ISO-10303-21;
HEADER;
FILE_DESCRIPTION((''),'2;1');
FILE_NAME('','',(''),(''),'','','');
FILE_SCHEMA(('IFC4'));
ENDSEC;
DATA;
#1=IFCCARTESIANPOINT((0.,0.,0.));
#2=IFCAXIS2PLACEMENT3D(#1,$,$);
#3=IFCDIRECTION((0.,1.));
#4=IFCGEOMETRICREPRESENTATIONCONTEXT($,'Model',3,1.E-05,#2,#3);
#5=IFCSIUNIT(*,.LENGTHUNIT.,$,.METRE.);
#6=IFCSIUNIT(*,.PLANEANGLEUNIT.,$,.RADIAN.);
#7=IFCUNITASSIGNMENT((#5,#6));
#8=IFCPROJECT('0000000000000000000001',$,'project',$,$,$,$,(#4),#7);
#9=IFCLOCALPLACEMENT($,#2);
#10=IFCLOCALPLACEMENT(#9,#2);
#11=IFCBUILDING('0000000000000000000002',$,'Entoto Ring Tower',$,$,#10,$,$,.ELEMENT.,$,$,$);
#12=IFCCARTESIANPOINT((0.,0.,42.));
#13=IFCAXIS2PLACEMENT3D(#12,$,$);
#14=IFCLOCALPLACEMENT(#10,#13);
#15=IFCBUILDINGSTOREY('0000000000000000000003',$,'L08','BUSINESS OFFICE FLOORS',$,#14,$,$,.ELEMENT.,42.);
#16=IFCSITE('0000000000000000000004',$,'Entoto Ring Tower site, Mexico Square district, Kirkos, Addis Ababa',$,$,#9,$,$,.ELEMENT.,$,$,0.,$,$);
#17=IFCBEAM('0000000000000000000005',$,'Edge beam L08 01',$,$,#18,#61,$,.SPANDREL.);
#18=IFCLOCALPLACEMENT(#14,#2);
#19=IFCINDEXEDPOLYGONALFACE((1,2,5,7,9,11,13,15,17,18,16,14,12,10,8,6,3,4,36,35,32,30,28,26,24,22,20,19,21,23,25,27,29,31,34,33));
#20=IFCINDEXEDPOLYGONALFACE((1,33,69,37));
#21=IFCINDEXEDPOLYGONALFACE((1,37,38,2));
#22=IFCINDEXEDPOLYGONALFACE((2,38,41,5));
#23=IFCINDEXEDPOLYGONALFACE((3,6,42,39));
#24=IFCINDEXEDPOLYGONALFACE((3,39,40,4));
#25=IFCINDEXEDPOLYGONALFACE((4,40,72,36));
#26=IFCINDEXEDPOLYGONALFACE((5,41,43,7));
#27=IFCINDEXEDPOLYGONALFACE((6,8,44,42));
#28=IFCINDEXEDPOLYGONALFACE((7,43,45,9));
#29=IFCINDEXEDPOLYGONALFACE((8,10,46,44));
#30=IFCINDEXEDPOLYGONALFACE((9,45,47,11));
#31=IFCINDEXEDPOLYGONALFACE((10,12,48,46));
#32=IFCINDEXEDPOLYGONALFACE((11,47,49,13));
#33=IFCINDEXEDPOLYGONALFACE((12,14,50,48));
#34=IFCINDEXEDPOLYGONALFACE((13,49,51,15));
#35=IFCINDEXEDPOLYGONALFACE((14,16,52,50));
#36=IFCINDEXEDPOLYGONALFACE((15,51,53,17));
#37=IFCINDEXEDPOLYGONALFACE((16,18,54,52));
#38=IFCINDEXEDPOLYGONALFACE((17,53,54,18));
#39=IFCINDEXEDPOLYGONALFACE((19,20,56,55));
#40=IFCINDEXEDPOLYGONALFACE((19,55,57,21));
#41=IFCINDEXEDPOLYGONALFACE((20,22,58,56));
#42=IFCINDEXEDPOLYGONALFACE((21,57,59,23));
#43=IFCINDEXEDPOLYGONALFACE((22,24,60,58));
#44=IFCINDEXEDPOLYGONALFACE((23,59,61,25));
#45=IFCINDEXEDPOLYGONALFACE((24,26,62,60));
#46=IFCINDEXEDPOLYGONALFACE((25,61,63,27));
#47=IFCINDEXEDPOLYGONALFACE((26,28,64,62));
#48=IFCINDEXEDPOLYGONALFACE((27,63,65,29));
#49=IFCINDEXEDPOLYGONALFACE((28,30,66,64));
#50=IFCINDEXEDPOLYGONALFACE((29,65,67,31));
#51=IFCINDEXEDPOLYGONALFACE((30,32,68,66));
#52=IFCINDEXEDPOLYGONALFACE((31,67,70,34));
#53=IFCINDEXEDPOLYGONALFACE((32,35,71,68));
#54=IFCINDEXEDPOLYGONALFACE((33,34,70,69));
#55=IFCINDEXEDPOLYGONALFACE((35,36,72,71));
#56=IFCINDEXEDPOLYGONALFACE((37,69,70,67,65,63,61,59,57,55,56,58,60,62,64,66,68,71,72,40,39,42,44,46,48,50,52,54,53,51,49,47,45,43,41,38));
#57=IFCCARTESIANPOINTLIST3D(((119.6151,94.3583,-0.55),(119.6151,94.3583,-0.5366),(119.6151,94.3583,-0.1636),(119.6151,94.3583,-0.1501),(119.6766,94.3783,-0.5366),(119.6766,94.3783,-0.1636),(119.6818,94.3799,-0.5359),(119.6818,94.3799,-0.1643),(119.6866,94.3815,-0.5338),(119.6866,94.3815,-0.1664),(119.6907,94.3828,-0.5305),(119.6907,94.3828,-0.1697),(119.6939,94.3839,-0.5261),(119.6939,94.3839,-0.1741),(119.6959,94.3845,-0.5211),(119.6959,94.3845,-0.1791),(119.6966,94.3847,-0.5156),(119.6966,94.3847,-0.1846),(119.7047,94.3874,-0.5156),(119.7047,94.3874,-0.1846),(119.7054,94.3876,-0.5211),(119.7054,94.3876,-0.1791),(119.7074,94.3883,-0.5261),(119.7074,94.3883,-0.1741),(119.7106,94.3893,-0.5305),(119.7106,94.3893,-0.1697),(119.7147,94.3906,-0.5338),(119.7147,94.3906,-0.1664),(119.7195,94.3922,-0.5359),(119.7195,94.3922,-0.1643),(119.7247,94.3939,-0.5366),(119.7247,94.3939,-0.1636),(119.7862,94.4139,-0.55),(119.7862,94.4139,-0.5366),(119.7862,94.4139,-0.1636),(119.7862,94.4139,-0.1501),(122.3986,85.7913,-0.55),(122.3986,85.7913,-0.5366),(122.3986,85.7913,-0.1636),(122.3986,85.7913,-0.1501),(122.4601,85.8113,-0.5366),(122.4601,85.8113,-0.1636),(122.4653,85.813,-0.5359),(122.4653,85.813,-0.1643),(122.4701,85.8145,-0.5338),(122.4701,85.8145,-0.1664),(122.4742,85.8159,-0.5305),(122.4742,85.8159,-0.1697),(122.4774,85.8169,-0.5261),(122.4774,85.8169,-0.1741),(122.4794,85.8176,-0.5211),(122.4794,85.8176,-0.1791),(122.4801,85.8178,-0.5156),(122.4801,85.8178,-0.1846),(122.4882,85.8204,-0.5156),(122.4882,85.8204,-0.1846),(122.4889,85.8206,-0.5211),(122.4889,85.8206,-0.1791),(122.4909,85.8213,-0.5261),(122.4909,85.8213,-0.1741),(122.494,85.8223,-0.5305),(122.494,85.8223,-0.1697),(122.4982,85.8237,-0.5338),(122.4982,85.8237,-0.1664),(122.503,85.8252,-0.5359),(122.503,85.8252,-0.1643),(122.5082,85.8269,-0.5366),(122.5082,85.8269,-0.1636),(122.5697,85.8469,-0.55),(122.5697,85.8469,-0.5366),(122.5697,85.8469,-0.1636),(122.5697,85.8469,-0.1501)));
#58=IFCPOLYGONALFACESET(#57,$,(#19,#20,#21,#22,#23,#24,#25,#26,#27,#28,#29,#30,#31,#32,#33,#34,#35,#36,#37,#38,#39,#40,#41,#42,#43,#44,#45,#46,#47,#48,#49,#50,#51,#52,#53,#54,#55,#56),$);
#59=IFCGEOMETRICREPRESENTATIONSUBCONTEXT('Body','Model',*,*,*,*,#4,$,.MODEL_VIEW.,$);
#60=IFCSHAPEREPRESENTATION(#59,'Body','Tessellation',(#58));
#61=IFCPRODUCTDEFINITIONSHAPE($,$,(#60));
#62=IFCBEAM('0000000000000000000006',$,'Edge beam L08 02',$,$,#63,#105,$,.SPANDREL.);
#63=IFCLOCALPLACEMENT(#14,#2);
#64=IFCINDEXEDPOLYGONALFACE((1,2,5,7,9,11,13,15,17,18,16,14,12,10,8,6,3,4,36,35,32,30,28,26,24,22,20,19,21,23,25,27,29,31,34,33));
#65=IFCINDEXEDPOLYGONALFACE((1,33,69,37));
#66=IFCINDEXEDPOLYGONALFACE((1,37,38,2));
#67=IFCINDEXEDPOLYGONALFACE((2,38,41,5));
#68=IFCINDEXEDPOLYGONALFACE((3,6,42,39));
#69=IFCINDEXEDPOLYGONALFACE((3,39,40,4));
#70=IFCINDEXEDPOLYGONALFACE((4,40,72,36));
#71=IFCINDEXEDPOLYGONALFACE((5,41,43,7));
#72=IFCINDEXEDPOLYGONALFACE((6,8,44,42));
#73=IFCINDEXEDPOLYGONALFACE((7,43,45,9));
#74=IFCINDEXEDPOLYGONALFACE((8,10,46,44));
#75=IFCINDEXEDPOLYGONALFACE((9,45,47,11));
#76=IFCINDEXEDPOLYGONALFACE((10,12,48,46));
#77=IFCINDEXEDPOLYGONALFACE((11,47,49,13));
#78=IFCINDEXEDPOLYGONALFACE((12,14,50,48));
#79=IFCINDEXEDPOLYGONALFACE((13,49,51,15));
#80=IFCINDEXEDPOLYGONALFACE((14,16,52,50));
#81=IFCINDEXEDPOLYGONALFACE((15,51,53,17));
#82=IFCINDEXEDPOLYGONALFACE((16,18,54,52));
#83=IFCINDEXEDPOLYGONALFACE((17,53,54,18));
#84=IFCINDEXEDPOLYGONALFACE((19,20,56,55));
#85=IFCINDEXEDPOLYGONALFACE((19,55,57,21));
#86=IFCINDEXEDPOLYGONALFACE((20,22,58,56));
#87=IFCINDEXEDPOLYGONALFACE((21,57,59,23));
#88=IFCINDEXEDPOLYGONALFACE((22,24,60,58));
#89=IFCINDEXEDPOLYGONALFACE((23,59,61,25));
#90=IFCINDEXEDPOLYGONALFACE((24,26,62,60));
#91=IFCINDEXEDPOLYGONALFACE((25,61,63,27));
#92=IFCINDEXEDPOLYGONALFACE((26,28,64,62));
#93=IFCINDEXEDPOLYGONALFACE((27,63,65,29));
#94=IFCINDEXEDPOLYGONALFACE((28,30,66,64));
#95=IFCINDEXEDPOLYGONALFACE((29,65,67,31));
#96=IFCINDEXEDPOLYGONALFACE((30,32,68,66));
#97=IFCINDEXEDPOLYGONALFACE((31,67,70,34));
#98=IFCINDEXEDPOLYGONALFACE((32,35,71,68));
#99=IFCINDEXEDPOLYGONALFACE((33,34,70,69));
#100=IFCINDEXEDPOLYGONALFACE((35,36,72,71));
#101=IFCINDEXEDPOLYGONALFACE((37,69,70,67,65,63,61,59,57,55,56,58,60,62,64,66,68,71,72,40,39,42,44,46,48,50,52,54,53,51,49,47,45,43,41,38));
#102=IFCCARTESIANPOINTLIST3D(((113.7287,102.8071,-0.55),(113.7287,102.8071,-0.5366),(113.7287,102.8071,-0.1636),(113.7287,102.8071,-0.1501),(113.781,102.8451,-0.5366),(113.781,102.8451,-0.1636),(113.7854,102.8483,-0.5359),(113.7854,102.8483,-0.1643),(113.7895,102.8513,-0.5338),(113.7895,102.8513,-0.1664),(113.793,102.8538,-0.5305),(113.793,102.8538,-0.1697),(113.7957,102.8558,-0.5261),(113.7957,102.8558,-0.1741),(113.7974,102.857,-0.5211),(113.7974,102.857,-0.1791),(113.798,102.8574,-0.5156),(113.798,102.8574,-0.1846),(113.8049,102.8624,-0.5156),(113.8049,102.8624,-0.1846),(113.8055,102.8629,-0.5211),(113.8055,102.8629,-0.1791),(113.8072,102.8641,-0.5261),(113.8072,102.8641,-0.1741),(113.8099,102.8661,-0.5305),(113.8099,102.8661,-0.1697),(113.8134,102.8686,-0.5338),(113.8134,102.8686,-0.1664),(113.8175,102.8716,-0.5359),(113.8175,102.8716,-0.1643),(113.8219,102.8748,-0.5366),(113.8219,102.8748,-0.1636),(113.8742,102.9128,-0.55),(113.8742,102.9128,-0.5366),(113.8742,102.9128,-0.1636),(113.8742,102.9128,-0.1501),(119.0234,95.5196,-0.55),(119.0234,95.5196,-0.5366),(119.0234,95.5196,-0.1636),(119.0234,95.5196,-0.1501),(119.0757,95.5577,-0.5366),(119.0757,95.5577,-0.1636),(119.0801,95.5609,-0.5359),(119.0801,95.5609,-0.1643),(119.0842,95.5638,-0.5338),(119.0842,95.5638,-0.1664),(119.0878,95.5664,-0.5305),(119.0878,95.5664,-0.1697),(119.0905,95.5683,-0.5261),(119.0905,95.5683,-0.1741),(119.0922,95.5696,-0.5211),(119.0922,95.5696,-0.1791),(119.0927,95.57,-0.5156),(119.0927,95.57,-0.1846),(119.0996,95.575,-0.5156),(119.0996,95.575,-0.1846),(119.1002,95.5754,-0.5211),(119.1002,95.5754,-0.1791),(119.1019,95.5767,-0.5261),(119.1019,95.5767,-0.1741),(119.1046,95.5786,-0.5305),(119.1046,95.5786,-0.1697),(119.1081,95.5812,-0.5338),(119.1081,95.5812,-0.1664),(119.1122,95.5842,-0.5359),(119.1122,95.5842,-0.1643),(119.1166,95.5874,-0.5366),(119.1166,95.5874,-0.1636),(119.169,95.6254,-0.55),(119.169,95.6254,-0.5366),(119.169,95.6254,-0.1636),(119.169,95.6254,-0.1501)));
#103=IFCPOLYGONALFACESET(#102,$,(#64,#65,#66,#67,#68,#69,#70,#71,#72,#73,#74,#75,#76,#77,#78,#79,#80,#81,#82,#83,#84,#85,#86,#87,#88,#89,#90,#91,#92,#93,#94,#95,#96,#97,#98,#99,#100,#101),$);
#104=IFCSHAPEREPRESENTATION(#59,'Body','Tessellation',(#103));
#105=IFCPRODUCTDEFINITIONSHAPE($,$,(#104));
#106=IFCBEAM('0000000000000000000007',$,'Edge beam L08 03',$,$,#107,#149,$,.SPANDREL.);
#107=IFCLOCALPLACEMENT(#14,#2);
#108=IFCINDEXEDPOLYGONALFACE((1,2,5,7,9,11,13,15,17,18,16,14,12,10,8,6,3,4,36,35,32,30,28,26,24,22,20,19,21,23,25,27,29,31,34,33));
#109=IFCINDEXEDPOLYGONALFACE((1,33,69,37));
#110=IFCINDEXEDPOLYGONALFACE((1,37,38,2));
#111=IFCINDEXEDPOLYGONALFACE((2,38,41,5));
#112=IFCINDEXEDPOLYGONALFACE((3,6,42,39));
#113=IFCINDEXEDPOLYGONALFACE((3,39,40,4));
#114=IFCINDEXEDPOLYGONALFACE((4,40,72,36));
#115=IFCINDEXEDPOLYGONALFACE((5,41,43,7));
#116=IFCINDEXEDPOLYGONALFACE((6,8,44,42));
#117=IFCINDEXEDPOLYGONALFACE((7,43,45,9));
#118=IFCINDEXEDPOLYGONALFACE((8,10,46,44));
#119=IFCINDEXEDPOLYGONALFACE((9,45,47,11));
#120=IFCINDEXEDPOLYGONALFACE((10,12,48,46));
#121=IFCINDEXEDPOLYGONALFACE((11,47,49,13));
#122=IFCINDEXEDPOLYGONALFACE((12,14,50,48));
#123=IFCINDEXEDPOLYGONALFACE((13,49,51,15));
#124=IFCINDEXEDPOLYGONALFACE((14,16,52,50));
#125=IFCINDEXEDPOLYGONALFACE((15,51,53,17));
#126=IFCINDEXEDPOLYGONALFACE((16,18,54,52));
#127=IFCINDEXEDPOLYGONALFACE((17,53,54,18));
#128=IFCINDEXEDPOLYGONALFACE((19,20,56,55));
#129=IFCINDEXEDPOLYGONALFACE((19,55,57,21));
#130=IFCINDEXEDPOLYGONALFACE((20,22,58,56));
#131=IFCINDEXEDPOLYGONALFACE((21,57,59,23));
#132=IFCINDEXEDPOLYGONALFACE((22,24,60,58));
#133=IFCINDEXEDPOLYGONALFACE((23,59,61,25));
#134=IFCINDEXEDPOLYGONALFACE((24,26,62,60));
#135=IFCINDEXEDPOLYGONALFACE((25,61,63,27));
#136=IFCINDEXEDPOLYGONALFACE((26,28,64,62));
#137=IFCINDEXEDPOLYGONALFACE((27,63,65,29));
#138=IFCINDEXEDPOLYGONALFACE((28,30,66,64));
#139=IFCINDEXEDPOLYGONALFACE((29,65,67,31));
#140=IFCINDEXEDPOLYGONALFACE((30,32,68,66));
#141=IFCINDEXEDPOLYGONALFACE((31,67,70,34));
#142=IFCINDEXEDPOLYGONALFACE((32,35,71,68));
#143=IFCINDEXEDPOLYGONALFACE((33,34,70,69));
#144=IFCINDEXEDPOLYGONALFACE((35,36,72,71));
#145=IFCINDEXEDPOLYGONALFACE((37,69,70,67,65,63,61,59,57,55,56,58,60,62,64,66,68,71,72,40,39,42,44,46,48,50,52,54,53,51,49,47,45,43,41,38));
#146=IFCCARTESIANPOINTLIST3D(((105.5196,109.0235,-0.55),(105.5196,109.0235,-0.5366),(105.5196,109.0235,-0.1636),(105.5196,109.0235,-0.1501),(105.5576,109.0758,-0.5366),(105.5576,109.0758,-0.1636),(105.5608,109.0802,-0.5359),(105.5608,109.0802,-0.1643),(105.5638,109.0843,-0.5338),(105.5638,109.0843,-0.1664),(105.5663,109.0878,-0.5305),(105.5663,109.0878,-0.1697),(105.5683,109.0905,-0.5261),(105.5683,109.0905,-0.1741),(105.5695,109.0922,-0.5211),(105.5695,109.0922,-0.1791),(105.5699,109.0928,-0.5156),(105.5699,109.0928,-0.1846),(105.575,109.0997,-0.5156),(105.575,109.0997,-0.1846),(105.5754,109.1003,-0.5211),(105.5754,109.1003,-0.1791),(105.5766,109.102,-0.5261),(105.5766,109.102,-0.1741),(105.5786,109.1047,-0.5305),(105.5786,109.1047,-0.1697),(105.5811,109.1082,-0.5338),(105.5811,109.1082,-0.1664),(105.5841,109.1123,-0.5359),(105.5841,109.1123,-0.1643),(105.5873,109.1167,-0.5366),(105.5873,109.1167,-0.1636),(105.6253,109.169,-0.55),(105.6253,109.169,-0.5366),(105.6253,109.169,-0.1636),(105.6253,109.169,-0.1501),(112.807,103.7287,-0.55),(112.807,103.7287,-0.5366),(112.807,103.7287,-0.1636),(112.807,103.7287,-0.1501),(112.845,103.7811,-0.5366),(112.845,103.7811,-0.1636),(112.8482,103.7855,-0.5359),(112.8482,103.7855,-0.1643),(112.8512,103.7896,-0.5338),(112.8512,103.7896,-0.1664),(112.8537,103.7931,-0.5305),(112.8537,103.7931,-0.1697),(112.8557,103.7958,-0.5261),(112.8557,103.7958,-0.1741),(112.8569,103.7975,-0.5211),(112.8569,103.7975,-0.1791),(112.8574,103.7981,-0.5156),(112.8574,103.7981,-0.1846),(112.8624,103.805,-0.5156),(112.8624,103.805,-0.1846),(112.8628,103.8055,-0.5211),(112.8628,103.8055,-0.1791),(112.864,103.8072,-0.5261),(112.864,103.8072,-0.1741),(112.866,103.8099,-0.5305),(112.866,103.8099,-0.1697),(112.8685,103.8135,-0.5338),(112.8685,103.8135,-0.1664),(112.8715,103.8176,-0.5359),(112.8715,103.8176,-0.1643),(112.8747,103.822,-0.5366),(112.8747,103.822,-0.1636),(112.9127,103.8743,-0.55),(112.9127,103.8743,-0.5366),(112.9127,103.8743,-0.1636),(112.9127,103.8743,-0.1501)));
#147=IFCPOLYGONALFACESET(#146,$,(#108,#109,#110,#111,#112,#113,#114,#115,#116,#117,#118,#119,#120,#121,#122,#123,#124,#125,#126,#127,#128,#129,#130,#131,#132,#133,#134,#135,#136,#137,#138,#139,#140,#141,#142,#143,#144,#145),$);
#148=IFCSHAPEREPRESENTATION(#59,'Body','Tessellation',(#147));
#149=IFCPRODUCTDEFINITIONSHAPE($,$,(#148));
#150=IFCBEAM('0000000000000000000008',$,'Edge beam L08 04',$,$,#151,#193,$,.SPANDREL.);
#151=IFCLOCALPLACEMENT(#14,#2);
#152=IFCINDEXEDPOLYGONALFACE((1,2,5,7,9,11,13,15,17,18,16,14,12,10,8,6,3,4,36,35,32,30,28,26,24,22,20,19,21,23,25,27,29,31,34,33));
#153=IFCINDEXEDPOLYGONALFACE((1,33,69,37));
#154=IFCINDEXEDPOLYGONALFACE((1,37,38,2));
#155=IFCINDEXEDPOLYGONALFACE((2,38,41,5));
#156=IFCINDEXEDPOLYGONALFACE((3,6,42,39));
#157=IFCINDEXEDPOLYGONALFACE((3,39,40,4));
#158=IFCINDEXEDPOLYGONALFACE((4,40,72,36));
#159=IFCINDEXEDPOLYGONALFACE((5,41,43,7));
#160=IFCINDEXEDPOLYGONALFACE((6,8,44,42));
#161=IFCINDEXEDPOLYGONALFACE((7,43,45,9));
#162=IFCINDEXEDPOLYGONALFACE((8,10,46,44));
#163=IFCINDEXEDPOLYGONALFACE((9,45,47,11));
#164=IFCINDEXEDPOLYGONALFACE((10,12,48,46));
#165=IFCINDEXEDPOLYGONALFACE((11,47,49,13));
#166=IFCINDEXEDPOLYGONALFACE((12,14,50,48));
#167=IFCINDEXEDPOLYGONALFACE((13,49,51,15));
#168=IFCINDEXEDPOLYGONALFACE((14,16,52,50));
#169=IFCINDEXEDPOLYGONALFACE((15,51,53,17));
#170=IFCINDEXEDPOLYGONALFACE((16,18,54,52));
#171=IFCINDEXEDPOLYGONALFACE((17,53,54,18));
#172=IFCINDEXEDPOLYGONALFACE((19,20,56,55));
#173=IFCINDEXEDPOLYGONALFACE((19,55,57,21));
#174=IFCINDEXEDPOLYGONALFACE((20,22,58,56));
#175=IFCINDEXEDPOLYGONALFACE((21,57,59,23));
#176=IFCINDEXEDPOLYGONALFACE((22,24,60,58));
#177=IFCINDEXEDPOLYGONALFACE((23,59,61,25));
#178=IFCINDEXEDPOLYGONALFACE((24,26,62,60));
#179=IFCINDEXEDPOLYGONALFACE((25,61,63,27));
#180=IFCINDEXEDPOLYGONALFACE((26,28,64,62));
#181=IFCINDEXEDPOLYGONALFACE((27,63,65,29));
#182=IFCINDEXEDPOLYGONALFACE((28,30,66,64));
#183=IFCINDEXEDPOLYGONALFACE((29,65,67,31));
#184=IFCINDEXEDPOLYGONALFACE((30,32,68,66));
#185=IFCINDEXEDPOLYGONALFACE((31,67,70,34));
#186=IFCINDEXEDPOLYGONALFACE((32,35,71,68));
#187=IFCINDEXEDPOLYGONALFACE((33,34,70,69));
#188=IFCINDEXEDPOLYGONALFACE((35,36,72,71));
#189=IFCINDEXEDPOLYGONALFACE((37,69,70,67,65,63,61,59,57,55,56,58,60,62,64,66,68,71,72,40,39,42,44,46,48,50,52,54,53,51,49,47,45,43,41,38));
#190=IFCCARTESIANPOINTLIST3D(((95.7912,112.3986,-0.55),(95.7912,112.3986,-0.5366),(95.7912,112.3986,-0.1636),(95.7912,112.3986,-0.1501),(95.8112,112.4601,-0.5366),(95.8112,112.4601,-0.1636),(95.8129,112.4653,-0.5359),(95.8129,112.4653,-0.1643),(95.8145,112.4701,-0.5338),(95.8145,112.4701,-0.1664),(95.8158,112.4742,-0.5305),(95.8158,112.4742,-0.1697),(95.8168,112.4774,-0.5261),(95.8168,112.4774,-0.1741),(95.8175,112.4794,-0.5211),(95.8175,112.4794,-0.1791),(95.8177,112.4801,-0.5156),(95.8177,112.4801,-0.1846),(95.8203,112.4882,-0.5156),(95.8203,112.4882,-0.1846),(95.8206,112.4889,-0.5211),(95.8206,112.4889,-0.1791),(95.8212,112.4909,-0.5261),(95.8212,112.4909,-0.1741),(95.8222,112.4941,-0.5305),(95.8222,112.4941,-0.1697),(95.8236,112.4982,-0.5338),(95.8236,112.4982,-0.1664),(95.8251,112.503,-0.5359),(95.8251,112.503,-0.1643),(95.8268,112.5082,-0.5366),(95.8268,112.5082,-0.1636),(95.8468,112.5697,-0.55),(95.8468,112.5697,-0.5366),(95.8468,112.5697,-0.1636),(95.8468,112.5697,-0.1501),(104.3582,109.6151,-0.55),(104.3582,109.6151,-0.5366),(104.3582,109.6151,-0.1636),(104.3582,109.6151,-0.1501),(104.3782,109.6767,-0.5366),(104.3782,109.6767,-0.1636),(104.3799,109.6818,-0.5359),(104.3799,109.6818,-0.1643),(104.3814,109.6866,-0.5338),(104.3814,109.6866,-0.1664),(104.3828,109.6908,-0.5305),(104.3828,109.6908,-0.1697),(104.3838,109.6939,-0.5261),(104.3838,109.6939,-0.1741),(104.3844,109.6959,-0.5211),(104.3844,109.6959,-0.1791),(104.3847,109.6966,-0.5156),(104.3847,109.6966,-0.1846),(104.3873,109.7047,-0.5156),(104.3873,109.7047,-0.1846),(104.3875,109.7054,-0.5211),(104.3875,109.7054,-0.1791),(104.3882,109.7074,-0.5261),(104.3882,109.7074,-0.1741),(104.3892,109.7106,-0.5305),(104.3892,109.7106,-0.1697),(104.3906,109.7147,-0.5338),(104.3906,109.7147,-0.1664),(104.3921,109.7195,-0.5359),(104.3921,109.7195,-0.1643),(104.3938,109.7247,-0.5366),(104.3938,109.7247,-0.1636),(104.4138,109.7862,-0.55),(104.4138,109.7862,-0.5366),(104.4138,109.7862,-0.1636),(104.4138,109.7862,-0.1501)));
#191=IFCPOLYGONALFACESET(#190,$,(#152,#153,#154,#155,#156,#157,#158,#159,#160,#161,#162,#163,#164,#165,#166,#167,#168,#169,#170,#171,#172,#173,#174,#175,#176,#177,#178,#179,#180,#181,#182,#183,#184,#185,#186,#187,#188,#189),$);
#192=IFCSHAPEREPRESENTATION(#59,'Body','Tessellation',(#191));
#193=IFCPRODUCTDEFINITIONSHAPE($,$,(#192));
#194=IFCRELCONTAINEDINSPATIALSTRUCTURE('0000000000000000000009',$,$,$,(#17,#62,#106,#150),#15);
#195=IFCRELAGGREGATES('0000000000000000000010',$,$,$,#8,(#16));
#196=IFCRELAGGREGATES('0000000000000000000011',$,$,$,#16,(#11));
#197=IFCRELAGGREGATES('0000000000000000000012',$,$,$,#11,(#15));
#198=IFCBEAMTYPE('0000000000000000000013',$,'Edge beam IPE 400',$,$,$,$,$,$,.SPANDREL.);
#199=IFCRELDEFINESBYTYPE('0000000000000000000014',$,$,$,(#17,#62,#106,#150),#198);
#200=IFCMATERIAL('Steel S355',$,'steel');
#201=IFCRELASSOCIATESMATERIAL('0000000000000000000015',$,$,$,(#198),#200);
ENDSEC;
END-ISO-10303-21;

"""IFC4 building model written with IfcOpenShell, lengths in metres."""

from ifc_helpers import new_model, si_unit, direction, frame, origin, origin_2d, place, context, subcontext, project, spatial, i_section, extrude, material, material_profile, profile_set, type_object, element, save


model = new_model("IFC4")

# Units and contexts
model_context = context("Model", 3, precision=1e-05, world=origin(), true_north=direction((0.0, 1.0)))
body_context = subcontext(model_context, "Body", "Model", "MODEL_VIEW")
ifc_project = project(units=[si_unit("LENGTHUNIT", "METRE"), si_unit("PLANEANGLEUNIT", "RADIAN")], contexts=[model_context])

# Site, building, storey
site_placement = place(None, origin())
site = spatial("IfcSite", under=ifc_project, at=site_placement, Name="Entoto Ring Tower site, Mexico Square district, Kirkos, Addis Ababa", CompositionType="ELEMENT", RefElevation=0.0)
building_placement = place(site_placement, origin())
building = spatial("IfcBuilding", under=site, at=building_placement, Name="Entoto Ring Tower", CompositionType="ELEMENT")
storey_placement = place(building_placement, frame((0.0, 0.0, 42.0)))
storey = spatial("IfcBuildingStorey", under=building, at=storey_placement, Name="L08", Description="BUSINESS OFFICE FLOORS", CompositionType="ELEMENT", Elevation=42.0)

# Beams
ifc_material_1 = material(Name="Steel S355", Category="steel")
ifc_material_profile_1 = material_profile(ifc_material_1, i_section(OverallWidth=0.1799, OverallDepth=0.3999, WebThickness=0.0085, FlangeThickness=0.0134, FilletRadius=0.021, at=origin_2d()), Name="IPE 400")
ifc_profile_set_1 = profile_set([ifc_material_profile_1], Name="Steel S355")
beam_type_1 = type_object("IfcBeamType", Name="Edge beam IPE 400", PredefinedType="SPANDREL", material=ifc_profile_set_1)
for number, where, z_axis, x_axis, name in (
    (1, (122.4841, 85.8191, -0.3501), (-0.309006, 0.95106, 0.0), (-0.95106, -0.309006, 0.0), "Edge beam L08 01"),
    (2, (119.0962, 95.5725, -0.3501), (-0.587793, 0.809011, 0.0), (-0.809011, -0.587793, 0.0), "Edge beam L08 02"),
    (3, (112.8599, 103.8015, -0.3501), (-0.809011, 0.587793, 0.0), (-0.587793, -0.809011, 0.0), "Edge beam L08 03"),
    (4, (104.386, 109.7007, -0.3501), (-0.95106, 0.309006, 0.0), (-0.309006, -0.95106, 0.0), "Edge beam L08 04"),
):
    element("IfcBeam", number, at=place(storey_placement, frame(where, z_axis=z_axis, x_axis=x_axis)), inside=storey, type_object=beam_type_1, Name=name, PredefinedType="SPANDREL", context=body_context, shape_type="SweptSolid", body=[
        extrude(i_section(OverallWidth=0.1799, OverallDepth=0.3999, WebThickness=0.0085, FlangeThickness=0.0134, FilletRadius=0.021, at=origin_2d()), origin(), (0.0, 0.0, 1.0), 9.0078),
    ])

save(model, "model.ifc")
